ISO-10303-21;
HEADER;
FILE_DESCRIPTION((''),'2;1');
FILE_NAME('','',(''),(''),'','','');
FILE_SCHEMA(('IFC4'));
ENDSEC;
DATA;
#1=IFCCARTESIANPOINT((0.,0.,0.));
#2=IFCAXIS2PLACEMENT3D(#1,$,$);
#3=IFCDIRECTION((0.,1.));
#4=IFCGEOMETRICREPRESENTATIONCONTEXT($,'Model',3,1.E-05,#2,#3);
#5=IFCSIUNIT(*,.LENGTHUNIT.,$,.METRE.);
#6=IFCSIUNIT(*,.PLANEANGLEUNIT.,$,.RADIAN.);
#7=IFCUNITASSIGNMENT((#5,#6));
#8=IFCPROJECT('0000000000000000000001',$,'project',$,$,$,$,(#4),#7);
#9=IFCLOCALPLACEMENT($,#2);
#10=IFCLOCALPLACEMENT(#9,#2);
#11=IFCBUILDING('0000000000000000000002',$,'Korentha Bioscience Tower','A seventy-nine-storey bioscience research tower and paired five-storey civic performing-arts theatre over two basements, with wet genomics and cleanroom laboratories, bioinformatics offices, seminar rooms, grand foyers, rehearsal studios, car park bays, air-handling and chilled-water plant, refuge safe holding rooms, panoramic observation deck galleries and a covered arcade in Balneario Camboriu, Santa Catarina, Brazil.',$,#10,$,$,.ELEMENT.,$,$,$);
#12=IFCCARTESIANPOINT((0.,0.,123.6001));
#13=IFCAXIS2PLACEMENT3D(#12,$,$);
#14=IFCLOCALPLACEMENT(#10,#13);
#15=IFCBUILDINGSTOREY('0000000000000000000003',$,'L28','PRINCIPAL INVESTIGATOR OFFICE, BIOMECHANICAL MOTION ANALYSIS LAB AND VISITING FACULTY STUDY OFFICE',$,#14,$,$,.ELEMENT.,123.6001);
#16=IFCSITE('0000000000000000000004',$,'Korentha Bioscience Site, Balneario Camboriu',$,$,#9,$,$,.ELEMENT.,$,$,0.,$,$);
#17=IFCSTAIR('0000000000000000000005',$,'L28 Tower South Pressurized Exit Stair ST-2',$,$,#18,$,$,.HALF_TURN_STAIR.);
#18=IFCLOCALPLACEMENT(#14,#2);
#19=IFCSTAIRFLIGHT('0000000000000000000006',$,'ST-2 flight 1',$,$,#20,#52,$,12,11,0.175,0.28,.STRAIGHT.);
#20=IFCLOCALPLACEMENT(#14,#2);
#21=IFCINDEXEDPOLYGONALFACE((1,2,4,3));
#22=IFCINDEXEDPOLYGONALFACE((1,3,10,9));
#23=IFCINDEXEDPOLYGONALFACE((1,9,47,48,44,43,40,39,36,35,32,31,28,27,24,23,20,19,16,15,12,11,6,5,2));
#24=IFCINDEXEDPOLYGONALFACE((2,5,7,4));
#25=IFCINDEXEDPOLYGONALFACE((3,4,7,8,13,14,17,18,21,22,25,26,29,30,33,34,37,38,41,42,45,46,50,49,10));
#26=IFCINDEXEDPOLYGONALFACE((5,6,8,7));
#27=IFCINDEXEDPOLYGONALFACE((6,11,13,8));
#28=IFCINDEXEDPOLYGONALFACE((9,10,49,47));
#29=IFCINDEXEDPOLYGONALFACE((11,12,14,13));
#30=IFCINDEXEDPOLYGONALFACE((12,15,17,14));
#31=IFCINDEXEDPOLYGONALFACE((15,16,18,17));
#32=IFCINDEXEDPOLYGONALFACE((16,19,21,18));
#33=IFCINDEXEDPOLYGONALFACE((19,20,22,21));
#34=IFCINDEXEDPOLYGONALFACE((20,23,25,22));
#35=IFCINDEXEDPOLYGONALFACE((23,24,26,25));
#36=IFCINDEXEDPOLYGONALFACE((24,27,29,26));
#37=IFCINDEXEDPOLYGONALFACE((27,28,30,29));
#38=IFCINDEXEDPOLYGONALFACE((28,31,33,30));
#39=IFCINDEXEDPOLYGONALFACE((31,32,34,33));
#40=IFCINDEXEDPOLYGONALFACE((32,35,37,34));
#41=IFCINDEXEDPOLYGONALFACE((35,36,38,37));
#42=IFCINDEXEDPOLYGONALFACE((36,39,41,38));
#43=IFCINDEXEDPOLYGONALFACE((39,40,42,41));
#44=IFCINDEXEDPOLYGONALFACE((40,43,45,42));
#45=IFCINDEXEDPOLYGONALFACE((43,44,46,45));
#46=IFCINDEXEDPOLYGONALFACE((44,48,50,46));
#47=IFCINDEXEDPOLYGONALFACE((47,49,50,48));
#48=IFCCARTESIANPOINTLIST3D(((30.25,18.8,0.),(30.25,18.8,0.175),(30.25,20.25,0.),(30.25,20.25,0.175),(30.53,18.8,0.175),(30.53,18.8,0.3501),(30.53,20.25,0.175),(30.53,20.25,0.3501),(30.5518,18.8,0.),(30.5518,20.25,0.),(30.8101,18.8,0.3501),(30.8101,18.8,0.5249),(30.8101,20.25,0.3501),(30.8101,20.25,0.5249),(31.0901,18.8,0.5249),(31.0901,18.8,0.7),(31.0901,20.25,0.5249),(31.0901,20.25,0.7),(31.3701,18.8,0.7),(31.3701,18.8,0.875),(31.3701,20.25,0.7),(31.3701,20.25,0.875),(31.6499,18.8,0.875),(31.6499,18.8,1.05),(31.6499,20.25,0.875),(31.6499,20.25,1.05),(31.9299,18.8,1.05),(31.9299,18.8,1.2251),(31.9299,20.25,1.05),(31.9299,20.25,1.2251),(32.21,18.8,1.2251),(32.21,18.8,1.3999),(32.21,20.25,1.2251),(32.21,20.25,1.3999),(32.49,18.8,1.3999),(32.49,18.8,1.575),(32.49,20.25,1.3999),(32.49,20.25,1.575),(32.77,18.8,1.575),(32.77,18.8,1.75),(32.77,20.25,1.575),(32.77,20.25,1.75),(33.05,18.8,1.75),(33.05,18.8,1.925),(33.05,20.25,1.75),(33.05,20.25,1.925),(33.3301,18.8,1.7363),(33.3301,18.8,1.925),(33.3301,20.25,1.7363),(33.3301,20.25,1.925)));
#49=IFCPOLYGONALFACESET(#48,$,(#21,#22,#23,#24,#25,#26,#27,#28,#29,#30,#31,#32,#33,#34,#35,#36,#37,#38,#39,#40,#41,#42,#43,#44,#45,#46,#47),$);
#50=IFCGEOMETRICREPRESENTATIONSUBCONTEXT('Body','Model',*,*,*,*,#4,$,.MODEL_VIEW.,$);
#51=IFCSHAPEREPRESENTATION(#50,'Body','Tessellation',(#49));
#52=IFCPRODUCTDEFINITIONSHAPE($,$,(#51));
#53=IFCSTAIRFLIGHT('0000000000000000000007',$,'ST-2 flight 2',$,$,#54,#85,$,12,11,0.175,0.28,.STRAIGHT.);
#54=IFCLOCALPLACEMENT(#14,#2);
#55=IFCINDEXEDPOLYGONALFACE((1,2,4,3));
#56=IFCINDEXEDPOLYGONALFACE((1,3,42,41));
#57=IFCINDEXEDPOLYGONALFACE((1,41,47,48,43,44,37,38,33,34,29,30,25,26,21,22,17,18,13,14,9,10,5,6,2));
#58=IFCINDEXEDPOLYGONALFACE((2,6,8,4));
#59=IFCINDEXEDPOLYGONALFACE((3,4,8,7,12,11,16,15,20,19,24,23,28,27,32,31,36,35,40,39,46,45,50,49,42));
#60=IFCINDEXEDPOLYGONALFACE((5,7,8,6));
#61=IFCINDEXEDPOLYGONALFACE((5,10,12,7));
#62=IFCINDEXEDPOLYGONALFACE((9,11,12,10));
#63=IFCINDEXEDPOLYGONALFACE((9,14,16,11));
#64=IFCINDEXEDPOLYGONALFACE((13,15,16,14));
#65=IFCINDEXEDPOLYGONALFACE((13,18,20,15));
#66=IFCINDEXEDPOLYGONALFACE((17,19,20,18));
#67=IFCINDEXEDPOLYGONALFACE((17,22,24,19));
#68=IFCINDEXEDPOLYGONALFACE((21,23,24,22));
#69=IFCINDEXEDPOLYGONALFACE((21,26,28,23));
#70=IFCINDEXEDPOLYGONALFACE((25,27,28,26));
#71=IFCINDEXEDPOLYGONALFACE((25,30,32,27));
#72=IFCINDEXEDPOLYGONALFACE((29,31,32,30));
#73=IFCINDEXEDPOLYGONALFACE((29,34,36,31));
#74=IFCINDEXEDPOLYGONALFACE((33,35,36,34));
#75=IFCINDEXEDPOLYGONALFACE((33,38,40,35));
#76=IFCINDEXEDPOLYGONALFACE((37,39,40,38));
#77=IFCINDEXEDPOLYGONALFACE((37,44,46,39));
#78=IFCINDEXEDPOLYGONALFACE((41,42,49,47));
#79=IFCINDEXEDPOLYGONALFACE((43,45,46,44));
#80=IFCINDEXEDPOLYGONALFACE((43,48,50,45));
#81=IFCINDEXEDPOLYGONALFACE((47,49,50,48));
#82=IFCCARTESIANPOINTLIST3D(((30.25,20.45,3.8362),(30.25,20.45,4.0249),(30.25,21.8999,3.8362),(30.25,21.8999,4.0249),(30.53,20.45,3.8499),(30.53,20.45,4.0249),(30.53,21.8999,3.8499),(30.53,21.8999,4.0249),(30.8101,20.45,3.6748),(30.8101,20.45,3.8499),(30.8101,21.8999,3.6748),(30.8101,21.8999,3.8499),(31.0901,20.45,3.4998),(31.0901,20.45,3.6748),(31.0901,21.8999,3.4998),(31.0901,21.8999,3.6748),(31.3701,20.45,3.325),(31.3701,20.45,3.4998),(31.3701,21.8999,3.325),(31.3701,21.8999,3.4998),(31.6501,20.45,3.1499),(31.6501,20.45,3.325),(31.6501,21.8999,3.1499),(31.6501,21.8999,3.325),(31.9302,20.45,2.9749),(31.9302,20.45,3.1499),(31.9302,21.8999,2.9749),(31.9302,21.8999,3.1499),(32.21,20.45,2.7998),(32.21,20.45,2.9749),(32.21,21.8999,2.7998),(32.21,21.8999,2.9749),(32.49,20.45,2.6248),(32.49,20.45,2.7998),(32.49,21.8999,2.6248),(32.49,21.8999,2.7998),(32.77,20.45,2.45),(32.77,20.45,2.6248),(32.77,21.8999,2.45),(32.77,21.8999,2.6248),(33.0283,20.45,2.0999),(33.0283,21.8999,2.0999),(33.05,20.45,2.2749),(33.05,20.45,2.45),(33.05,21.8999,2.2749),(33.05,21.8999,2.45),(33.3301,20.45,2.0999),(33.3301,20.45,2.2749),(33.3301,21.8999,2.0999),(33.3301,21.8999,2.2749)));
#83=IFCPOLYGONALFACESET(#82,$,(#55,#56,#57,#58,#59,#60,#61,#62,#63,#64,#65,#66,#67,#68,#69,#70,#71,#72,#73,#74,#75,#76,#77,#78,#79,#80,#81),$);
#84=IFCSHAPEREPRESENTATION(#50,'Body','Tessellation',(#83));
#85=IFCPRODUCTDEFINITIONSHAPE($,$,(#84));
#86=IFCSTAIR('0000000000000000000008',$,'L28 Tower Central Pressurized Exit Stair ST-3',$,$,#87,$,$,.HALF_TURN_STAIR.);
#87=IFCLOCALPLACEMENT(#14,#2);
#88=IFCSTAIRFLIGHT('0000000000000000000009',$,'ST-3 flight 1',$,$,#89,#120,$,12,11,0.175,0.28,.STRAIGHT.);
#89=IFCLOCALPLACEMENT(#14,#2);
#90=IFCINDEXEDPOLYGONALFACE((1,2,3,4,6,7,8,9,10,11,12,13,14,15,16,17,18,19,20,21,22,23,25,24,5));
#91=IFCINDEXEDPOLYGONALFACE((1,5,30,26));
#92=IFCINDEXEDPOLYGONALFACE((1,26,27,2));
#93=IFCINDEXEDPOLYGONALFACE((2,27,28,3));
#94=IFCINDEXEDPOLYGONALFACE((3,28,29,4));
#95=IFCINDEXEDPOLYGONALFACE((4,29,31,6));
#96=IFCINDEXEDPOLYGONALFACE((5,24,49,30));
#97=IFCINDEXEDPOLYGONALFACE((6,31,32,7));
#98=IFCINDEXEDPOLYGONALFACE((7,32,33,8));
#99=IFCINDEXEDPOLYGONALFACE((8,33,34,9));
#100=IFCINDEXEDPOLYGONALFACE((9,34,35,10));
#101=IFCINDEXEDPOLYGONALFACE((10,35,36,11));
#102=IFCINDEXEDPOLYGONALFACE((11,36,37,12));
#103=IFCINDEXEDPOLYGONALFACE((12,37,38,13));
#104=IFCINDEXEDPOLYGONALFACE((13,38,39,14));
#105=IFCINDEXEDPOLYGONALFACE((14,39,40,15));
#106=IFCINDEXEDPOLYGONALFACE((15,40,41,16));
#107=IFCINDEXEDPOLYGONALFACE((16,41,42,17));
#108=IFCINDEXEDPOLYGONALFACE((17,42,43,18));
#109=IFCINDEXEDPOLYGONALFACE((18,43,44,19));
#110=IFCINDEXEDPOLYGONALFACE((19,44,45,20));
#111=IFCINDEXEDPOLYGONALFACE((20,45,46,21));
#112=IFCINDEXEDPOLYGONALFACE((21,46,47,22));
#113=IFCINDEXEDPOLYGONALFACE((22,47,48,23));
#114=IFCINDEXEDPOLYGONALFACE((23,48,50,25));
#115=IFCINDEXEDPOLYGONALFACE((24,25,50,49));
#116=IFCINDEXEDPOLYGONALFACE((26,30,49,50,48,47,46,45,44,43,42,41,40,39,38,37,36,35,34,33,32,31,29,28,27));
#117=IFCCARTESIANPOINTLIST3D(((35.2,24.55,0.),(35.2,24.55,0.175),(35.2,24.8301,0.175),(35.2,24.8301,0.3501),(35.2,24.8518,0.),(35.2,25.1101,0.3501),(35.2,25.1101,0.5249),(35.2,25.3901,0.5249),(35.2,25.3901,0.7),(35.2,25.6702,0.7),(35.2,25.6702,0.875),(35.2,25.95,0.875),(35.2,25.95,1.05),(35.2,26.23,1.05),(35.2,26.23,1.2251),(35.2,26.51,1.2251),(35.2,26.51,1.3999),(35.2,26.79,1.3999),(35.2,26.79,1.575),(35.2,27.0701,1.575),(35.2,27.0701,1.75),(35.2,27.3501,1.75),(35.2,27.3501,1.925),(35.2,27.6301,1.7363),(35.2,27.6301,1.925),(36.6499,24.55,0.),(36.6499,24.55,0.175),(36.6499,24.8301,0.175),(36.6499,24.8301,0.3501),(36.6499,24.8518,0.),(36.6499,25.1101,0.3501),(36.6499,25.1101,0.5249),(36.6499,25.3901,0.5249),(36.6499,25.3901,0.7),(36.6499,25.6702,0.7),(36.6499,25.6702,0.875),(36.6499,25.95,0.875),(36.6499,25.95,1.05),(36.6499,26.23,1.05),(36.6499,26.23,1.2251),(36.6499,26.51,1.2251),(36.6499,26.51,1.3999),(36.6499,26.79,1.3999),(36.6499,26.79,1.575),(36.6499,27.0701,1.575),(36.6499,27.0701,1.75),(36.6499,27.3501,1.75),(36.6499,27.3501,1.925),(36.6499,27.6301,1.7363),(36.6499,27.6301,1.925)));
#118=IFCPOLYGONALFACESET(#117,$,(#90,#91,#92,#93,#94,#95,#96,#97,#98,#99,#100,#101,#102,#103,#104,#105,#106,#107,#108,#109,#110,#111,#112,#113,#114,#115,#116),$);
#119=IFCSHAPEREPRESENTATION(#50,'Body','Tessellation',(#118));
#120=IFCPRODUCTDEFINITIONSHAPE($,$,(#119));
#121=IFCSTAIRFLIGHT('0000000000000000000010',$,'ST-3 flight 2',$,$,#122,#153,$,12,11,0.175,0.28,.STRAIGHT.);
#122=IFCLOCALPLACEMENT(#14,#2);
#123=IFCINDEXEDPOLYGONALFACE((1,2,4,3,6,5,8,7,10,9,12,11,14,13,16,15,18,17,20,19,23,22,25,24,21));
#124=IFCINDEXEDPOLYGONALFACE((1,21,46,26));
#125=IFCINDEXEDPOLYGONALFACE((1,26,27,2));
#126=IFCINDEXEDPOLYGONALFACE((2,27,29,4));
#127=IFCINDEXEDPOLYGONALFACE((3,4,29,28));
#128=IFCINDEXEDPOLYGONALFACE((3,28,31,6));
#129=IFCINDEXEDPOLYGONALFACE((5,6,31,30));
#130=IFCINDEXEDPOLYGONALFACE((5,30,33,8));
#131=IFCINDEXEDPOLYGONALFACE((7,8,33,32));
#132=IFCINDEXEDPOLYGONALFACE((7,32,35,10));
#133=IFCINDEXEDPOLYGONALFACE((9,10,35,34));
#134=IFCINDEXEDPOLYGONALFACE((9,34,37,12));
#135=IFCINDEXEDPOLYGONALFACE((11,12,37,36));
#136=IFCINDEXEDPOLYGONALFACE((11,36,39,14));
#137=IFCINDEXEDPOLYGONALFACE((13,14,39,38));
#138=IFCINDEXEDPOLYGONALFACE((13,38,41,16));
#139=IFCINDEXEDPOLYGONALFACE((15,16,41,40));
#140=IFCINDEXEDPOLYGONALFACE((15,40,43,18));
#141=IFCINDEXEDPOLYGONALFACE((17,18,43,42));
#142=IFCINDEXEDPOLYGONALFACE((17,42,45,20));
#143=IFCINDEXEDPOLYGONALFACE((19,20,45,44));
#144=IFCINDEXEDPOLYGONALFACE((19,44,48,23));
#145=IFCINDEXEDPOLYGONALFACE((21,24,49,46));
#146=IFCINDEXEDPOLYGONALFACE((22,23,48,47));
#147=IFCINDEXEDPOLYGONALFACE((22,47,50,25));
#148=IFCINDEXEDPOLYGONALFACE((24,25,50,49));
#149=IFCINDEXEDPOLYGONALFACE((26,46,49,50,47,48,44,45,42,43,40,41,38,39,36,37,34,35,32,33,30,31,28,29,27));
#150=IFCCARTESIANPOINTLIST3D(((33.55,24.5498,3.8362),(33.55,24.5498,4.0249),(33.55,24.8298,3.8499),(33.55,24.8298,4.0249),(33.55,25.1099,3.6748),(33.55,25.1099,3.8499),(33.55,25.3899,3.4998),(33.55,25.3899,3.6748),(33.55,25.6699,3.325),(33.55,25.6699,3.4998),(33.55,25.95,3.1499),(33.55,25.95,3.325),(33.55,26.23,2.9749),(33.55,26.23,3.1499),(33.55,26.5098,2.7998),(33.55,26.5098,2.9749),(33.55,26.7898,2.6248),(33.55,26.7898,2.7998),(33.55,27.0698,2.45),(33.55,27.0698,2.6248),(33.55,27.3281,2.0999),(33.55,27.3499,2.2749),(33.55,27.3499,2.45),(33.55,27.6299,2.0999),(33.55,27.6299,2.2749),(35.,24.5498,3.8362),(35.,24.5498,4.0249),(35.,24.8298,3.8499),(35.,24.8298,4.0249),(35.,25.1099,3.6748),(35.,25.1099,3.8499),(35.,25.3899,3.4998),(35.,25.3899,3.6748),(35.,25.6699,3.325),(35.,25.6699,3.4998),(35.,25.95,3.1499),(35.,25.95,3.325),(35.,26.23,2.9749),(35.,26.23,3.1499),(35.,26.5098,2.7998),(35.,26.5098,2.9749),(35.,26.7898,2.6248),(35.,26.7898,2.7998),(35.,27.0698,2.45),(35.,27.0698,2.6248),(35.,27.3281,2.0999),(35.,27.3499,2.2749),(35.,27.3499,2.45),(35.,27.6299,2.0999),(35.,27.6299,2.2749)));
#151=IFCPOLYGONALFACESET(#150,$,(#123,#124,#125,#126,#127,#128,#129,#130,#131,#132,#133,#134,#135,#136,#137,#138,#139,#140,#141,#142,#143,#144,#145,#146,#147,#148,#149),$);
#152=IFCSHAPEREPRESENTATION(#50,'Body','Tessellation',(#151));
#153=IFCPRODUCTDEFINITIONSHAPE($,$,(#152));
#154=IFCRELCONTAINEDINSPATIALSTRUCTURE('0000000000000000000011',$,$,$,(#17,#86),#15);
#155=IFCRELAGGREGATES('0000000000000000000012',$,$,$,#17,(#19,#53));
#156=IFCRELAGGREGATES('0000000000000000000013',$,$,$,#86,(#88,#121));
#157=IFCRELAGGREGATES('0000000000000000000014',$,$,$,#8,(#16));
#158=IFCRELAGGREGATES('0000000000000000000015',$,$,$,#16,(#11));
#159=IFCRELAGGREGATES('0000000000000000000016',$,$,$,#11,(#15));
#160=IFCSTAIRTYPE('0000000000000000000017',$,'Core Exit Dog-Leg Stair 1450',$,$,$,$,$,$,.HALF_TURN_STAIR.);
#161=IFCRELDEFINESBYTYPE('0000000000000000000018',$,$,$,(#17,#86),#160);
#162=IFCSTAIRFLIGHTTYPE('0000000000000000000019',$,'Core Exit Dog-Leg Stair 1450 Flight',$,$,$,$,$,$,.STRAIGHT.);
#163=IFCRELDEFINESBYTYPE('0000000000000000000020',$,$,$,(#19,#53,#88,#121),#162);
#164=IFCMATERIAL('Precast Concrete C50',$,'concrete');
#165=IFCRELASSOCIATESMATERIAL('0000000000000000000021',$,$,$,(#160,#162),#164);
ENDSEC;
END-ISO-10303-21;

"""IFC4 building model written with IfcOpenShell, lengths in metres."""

from ifc_helpers import new_model, si_unit, direction, frame, origin, place, context, subcontext, project, spatial, polyline, outline, extrude, material, type_object, element, aggregate, save


model = new_model("IFC4")

# Units and contexts
model_context = context("Model", 3, precision=1e-05, world=origin(), true_north=direction((0.0, 1.0)))
body_context = subcontext(model_context, "Body", "Model", "MODEL_VIEW")
ifc_project = project(units=[si_unit("LENGTHUNIT", "METRE"), si_unit("PLANEANGLEUNIT", "RADIAN")], contexts=[model_context])

# Site, building, storey
site_placement = place(None, origin())
site = spatial("IfcSite", under=ifc_project, at=site_placement, Name="Korentha Bioscience Site, Balneario Camboriu", CompositionType="ELEMENT", RefElevation=0.0)
building_placement = place(site_placement, origin())
building = spatial("IfcBuilding", under=site, at=building_placement, Name="Korentha Bioscience Tower", Description="A seventy-nine-storey bioscience research tower and paired five-storey civic performing-arts theatre over two basements, with wet genomics and cleanroom laboratories, bioinformatics offices, seminar rooms, grand foyers, rehearsal studios, car park bays, air-handling and chilled-water plant, refuge safe holding rooms, panoramic observation deck galleries and a covered arcade in Balneario Camboriu, Santa Catarina, Brazil.", CompositionType="ELEMENT")
storey_placement = place(building_placement, frame((0.0, 0.0, 123.6001)))
storey = spatial("IfcBuildingStorey", under=building, at=storey_placement, Name="L28", Description="PRINCIPAL INVESTIGATOR OFFICE, BIOMECHANICAL MOTION ANALYSIS LAB AND VISITING FACULTY STUDY OFFICE", CompositionType="ELEMENT", Elevation=123.6001)

# Stairs, stair flights
ifc_material_1 = material(Name="Precast Concrete C50", Category="concrete")
stair_type = type_object("IfcStairType", Name="Core Exit Dog-Leg Stair 1450", PredefinedType="HALF_TURN_STAIR", material=ifc_material_1)
stair_1_placement = place(storey_placement, origin())
stair_1 = element("IfcStair", 1, at=stair_1_placement, inside=storey, type_object=stair_type, Name="L28 Tower South Pressurized Exit Stair ST-2", PredefinedType="HALF_TURN_STAIR")
stair_flight_type = type_object("IfcStairFlightType", Name="Core Exit Dog-Leg Stair 1450 Flight", PredefinedType="STRAIGHT", material=ifc_material_1)
stair_flight_1_placement = place(storey_placement, frame((30.25, 19.5249, 0.0), z_axis=(0.0, 0.0, 1.0), x_axis=(1.0, 0.0, 0.0)))
stair_flight_1 = element("IfcStairFlight", 2, at=stair_flight_1_placement, type_object=stair_flight_type, Name="ST-2 flight 1", NumberOfRisers=12, NumberOfTreads=11, PredefinedType="STRAIGHT", RiserHeight=0.175, TreadLength=0.28, context=body_context, shape_type="SweptSolid", body=[
    extrude(outline(polyline([(0.0, 0.0), (0.0, 0.175), (0.28, 0.175), (0.28, 0.3501), (0.5601, 0.3501), (0.5601, 0.5249), (0.8401, 0.5249), (0.8401, 0.7), (1.1201, 0.7), (1.1201, 0.875), (1.3999, 0.875), (1.3999, 1.05), (1.6799, 1.05), (1.6799, 1.2251), (1.96, 1.2251), (1.96, 1.3999), (2.24, 1.3999), (2.24, 1.575), (2.52, 1.575), (2.52, 1.75), (2.8, 1.75), (2.8, 1.925), (3.0801, 1.925), (3.0801, 2.1001), (3.0801, 1.7363), (0.3018, 0.0), (0.0, 0.0)])), frame((0.0, 0.7251, 0.0), z_axis=(0.0, -1.0, 0.0), x_axis=(1.0, 0.0, 0.0)), (0.0, 0.0, 1.0), 1.45),
])
stair_flight_2_placement = place(storey_placement, frame((33.3301, 21.175, 2.0999), z_axis=(0.0, 0.0, 1.0), x_axis=(-1.0, 0.0, 0.0)))
stair_flight_2 = element("IfcStairFlight", 3, at=stair_flight_2_placement, type_object=stair_flight_type, Name="ST-2 flight 2", NumberOfRisers=12, NumberOfTreads=11, PredefinedType="STRAIGHT", RiserHeight=0.175, TreadLength=0.28, context=body_context, shape_type="SweptSolid", body=[
    extrude(outline(polyline([(0.0, 0.0), (0.0, 0.175), (0.28, 0.175), (0.28, 0.3501), (0.5601, 0.3501), (0.5601, 0.5249), (0.8401, 0.5249), (0.8401, 0.7), (1.1201, 0.7), (1.1201, 0.875), (1.3999, 0.875), (1.3999, 1.05), (1.6799, 1.05), (1.6799, 1.2251), (1.96, 1.2251), (1.96, 1.3999), (2.24, 1.3999), (2.24, 1.575), (2.52, 1.575), (2.52, 1.75), (2.8, 1.75), (2.8, 1.925), (3.0801, 1.925), (3.0801, 2.1001), (3.0801, 1.7363), (0.3018, 0.0), (0.0, 0.0)])), frame((0.0, 0.7251, 0.0), z_axis=(0.0, -1.0, 0.0), x_axis=(1.0, 0.0, 0.0)), (0.0, 0.0, 1.0), 1.45),
])
aggregate(stair_1, [stair_flight_1, stair_flight_2])
stair_2_placement = place(storey_placement, origin())
stair_2 = element("IfcStair", 4, at=stair_2_placement, inside=storey, type_object=stair_type, Name="L28 Tower Central Pressurized Exit Stair ST-3", PredefinedType="HALF_TURN_STAIR")
stair_flight_3_placement = place(storey_placement, frame((35.925, 24.55, 0.0), z_axis=(0.0, 0.0, 1.0), x_axis=(0.0, 1.0, 0.0)))
stair_flight_3 = element("IfcStairFlight", 5, at=stair_flight_3_placement, type_object=stair_flight_type, Name="ST-3 flight 1", NumberOfRisers=12, NumberOfTreads=11, PredefinedType="STRAIGHT", RiserHeight=0.175, TreadLength=0.28, context=body_context, shape_type="SweptSolid", body=[
    extrude(outline(polyline([(0.0, 0.0), (0.0, 0.175), (0.28, 0.175), (0.28, 0.3501), (0.5601, 0.3501), (0.5601, 0.5249), (0.8401, 0.5249), (0.8401, 0.7), (1.1201, 0.7), (1.1201, 0.875), (1.3999, 0.875), (1.3999, 1.05), (1.6799, 1.05), (1.6799, 1.2251), (1.96, 1.2251), (1.96, 1.3999), (2.24, 1.3999), (2.24, 1.575), (2.52, 1.575), (2.52, 1.75), (2.8, 1.75), (2.8, 1.925), (3.0801, 1.925), (3.0801, 2.1001), (3.0801, 1.7363), (0.3018, 0.0), (0.0, 0.0)])), frame((0.0, 0.7251, 0.0), z_axis=(0.0, -1.0, 0.0), x_axis=(1.0, 0.0, 0.0)), (0.0, 0.0, 1.0), 1.45),
])
stair_flight_4_placement = place(storey_placement, frame((34.2749, 27.6299, 2.0999), z_axis=(0.0, 0.0, 1.0), x_axis=(0.0, -1.0, 0.0)))
stair_flight_4 = element("IfcStairFlight", 6, at=stair_flight_4_placement, type_object=stair_flight_type, Name="ST-3 flight 2", NumberOfRisers=12, NumberOfTreads=11, PredefinedType="STRAIGHT", RiserHeight=0.175, TreadLength=0.28, context=body_context, shape_type="SweptSolid", body=[
    extrude(outline(polyline([(0.0, 0.0), (0.0, 0.175), (0.28, 0.175), (0.28, 0.3501), (0.5601, 0.3501), (0.5601, 0.5249), (0.8401, 0.5249), (0.8401, 0.7), (1.1201, 0.7), (1.1201, 0.875), (1.3999, 0.875), (1.3999, 1.05), (1.6799, 1.05), (1.6799, 1.2251), (1.96, 1.2251), (1.96, 1.3999), (2.24, 1.3999), (2.24, 1.575), (2.52, 1.575), (2.52, 1.75), (2.8, 1.75), (2.8, 1.925), (3.0801, 1.925), (3.0801, 2.1001), (3.0801, 1.7363), (0.3018, 0.0), (0.0, 0.0)])), frame((0.0, 0.7251, 0.0), z_axis=(0.0, -1.0, 0.0), x_axis=(1.0, 0.0, 0.0)), (0.0, 0.0, 1.0), 1.45),
])
aggregate(stair_2, [stair_flight_3, stair_flight_4])

save(model, "model.ifc")
